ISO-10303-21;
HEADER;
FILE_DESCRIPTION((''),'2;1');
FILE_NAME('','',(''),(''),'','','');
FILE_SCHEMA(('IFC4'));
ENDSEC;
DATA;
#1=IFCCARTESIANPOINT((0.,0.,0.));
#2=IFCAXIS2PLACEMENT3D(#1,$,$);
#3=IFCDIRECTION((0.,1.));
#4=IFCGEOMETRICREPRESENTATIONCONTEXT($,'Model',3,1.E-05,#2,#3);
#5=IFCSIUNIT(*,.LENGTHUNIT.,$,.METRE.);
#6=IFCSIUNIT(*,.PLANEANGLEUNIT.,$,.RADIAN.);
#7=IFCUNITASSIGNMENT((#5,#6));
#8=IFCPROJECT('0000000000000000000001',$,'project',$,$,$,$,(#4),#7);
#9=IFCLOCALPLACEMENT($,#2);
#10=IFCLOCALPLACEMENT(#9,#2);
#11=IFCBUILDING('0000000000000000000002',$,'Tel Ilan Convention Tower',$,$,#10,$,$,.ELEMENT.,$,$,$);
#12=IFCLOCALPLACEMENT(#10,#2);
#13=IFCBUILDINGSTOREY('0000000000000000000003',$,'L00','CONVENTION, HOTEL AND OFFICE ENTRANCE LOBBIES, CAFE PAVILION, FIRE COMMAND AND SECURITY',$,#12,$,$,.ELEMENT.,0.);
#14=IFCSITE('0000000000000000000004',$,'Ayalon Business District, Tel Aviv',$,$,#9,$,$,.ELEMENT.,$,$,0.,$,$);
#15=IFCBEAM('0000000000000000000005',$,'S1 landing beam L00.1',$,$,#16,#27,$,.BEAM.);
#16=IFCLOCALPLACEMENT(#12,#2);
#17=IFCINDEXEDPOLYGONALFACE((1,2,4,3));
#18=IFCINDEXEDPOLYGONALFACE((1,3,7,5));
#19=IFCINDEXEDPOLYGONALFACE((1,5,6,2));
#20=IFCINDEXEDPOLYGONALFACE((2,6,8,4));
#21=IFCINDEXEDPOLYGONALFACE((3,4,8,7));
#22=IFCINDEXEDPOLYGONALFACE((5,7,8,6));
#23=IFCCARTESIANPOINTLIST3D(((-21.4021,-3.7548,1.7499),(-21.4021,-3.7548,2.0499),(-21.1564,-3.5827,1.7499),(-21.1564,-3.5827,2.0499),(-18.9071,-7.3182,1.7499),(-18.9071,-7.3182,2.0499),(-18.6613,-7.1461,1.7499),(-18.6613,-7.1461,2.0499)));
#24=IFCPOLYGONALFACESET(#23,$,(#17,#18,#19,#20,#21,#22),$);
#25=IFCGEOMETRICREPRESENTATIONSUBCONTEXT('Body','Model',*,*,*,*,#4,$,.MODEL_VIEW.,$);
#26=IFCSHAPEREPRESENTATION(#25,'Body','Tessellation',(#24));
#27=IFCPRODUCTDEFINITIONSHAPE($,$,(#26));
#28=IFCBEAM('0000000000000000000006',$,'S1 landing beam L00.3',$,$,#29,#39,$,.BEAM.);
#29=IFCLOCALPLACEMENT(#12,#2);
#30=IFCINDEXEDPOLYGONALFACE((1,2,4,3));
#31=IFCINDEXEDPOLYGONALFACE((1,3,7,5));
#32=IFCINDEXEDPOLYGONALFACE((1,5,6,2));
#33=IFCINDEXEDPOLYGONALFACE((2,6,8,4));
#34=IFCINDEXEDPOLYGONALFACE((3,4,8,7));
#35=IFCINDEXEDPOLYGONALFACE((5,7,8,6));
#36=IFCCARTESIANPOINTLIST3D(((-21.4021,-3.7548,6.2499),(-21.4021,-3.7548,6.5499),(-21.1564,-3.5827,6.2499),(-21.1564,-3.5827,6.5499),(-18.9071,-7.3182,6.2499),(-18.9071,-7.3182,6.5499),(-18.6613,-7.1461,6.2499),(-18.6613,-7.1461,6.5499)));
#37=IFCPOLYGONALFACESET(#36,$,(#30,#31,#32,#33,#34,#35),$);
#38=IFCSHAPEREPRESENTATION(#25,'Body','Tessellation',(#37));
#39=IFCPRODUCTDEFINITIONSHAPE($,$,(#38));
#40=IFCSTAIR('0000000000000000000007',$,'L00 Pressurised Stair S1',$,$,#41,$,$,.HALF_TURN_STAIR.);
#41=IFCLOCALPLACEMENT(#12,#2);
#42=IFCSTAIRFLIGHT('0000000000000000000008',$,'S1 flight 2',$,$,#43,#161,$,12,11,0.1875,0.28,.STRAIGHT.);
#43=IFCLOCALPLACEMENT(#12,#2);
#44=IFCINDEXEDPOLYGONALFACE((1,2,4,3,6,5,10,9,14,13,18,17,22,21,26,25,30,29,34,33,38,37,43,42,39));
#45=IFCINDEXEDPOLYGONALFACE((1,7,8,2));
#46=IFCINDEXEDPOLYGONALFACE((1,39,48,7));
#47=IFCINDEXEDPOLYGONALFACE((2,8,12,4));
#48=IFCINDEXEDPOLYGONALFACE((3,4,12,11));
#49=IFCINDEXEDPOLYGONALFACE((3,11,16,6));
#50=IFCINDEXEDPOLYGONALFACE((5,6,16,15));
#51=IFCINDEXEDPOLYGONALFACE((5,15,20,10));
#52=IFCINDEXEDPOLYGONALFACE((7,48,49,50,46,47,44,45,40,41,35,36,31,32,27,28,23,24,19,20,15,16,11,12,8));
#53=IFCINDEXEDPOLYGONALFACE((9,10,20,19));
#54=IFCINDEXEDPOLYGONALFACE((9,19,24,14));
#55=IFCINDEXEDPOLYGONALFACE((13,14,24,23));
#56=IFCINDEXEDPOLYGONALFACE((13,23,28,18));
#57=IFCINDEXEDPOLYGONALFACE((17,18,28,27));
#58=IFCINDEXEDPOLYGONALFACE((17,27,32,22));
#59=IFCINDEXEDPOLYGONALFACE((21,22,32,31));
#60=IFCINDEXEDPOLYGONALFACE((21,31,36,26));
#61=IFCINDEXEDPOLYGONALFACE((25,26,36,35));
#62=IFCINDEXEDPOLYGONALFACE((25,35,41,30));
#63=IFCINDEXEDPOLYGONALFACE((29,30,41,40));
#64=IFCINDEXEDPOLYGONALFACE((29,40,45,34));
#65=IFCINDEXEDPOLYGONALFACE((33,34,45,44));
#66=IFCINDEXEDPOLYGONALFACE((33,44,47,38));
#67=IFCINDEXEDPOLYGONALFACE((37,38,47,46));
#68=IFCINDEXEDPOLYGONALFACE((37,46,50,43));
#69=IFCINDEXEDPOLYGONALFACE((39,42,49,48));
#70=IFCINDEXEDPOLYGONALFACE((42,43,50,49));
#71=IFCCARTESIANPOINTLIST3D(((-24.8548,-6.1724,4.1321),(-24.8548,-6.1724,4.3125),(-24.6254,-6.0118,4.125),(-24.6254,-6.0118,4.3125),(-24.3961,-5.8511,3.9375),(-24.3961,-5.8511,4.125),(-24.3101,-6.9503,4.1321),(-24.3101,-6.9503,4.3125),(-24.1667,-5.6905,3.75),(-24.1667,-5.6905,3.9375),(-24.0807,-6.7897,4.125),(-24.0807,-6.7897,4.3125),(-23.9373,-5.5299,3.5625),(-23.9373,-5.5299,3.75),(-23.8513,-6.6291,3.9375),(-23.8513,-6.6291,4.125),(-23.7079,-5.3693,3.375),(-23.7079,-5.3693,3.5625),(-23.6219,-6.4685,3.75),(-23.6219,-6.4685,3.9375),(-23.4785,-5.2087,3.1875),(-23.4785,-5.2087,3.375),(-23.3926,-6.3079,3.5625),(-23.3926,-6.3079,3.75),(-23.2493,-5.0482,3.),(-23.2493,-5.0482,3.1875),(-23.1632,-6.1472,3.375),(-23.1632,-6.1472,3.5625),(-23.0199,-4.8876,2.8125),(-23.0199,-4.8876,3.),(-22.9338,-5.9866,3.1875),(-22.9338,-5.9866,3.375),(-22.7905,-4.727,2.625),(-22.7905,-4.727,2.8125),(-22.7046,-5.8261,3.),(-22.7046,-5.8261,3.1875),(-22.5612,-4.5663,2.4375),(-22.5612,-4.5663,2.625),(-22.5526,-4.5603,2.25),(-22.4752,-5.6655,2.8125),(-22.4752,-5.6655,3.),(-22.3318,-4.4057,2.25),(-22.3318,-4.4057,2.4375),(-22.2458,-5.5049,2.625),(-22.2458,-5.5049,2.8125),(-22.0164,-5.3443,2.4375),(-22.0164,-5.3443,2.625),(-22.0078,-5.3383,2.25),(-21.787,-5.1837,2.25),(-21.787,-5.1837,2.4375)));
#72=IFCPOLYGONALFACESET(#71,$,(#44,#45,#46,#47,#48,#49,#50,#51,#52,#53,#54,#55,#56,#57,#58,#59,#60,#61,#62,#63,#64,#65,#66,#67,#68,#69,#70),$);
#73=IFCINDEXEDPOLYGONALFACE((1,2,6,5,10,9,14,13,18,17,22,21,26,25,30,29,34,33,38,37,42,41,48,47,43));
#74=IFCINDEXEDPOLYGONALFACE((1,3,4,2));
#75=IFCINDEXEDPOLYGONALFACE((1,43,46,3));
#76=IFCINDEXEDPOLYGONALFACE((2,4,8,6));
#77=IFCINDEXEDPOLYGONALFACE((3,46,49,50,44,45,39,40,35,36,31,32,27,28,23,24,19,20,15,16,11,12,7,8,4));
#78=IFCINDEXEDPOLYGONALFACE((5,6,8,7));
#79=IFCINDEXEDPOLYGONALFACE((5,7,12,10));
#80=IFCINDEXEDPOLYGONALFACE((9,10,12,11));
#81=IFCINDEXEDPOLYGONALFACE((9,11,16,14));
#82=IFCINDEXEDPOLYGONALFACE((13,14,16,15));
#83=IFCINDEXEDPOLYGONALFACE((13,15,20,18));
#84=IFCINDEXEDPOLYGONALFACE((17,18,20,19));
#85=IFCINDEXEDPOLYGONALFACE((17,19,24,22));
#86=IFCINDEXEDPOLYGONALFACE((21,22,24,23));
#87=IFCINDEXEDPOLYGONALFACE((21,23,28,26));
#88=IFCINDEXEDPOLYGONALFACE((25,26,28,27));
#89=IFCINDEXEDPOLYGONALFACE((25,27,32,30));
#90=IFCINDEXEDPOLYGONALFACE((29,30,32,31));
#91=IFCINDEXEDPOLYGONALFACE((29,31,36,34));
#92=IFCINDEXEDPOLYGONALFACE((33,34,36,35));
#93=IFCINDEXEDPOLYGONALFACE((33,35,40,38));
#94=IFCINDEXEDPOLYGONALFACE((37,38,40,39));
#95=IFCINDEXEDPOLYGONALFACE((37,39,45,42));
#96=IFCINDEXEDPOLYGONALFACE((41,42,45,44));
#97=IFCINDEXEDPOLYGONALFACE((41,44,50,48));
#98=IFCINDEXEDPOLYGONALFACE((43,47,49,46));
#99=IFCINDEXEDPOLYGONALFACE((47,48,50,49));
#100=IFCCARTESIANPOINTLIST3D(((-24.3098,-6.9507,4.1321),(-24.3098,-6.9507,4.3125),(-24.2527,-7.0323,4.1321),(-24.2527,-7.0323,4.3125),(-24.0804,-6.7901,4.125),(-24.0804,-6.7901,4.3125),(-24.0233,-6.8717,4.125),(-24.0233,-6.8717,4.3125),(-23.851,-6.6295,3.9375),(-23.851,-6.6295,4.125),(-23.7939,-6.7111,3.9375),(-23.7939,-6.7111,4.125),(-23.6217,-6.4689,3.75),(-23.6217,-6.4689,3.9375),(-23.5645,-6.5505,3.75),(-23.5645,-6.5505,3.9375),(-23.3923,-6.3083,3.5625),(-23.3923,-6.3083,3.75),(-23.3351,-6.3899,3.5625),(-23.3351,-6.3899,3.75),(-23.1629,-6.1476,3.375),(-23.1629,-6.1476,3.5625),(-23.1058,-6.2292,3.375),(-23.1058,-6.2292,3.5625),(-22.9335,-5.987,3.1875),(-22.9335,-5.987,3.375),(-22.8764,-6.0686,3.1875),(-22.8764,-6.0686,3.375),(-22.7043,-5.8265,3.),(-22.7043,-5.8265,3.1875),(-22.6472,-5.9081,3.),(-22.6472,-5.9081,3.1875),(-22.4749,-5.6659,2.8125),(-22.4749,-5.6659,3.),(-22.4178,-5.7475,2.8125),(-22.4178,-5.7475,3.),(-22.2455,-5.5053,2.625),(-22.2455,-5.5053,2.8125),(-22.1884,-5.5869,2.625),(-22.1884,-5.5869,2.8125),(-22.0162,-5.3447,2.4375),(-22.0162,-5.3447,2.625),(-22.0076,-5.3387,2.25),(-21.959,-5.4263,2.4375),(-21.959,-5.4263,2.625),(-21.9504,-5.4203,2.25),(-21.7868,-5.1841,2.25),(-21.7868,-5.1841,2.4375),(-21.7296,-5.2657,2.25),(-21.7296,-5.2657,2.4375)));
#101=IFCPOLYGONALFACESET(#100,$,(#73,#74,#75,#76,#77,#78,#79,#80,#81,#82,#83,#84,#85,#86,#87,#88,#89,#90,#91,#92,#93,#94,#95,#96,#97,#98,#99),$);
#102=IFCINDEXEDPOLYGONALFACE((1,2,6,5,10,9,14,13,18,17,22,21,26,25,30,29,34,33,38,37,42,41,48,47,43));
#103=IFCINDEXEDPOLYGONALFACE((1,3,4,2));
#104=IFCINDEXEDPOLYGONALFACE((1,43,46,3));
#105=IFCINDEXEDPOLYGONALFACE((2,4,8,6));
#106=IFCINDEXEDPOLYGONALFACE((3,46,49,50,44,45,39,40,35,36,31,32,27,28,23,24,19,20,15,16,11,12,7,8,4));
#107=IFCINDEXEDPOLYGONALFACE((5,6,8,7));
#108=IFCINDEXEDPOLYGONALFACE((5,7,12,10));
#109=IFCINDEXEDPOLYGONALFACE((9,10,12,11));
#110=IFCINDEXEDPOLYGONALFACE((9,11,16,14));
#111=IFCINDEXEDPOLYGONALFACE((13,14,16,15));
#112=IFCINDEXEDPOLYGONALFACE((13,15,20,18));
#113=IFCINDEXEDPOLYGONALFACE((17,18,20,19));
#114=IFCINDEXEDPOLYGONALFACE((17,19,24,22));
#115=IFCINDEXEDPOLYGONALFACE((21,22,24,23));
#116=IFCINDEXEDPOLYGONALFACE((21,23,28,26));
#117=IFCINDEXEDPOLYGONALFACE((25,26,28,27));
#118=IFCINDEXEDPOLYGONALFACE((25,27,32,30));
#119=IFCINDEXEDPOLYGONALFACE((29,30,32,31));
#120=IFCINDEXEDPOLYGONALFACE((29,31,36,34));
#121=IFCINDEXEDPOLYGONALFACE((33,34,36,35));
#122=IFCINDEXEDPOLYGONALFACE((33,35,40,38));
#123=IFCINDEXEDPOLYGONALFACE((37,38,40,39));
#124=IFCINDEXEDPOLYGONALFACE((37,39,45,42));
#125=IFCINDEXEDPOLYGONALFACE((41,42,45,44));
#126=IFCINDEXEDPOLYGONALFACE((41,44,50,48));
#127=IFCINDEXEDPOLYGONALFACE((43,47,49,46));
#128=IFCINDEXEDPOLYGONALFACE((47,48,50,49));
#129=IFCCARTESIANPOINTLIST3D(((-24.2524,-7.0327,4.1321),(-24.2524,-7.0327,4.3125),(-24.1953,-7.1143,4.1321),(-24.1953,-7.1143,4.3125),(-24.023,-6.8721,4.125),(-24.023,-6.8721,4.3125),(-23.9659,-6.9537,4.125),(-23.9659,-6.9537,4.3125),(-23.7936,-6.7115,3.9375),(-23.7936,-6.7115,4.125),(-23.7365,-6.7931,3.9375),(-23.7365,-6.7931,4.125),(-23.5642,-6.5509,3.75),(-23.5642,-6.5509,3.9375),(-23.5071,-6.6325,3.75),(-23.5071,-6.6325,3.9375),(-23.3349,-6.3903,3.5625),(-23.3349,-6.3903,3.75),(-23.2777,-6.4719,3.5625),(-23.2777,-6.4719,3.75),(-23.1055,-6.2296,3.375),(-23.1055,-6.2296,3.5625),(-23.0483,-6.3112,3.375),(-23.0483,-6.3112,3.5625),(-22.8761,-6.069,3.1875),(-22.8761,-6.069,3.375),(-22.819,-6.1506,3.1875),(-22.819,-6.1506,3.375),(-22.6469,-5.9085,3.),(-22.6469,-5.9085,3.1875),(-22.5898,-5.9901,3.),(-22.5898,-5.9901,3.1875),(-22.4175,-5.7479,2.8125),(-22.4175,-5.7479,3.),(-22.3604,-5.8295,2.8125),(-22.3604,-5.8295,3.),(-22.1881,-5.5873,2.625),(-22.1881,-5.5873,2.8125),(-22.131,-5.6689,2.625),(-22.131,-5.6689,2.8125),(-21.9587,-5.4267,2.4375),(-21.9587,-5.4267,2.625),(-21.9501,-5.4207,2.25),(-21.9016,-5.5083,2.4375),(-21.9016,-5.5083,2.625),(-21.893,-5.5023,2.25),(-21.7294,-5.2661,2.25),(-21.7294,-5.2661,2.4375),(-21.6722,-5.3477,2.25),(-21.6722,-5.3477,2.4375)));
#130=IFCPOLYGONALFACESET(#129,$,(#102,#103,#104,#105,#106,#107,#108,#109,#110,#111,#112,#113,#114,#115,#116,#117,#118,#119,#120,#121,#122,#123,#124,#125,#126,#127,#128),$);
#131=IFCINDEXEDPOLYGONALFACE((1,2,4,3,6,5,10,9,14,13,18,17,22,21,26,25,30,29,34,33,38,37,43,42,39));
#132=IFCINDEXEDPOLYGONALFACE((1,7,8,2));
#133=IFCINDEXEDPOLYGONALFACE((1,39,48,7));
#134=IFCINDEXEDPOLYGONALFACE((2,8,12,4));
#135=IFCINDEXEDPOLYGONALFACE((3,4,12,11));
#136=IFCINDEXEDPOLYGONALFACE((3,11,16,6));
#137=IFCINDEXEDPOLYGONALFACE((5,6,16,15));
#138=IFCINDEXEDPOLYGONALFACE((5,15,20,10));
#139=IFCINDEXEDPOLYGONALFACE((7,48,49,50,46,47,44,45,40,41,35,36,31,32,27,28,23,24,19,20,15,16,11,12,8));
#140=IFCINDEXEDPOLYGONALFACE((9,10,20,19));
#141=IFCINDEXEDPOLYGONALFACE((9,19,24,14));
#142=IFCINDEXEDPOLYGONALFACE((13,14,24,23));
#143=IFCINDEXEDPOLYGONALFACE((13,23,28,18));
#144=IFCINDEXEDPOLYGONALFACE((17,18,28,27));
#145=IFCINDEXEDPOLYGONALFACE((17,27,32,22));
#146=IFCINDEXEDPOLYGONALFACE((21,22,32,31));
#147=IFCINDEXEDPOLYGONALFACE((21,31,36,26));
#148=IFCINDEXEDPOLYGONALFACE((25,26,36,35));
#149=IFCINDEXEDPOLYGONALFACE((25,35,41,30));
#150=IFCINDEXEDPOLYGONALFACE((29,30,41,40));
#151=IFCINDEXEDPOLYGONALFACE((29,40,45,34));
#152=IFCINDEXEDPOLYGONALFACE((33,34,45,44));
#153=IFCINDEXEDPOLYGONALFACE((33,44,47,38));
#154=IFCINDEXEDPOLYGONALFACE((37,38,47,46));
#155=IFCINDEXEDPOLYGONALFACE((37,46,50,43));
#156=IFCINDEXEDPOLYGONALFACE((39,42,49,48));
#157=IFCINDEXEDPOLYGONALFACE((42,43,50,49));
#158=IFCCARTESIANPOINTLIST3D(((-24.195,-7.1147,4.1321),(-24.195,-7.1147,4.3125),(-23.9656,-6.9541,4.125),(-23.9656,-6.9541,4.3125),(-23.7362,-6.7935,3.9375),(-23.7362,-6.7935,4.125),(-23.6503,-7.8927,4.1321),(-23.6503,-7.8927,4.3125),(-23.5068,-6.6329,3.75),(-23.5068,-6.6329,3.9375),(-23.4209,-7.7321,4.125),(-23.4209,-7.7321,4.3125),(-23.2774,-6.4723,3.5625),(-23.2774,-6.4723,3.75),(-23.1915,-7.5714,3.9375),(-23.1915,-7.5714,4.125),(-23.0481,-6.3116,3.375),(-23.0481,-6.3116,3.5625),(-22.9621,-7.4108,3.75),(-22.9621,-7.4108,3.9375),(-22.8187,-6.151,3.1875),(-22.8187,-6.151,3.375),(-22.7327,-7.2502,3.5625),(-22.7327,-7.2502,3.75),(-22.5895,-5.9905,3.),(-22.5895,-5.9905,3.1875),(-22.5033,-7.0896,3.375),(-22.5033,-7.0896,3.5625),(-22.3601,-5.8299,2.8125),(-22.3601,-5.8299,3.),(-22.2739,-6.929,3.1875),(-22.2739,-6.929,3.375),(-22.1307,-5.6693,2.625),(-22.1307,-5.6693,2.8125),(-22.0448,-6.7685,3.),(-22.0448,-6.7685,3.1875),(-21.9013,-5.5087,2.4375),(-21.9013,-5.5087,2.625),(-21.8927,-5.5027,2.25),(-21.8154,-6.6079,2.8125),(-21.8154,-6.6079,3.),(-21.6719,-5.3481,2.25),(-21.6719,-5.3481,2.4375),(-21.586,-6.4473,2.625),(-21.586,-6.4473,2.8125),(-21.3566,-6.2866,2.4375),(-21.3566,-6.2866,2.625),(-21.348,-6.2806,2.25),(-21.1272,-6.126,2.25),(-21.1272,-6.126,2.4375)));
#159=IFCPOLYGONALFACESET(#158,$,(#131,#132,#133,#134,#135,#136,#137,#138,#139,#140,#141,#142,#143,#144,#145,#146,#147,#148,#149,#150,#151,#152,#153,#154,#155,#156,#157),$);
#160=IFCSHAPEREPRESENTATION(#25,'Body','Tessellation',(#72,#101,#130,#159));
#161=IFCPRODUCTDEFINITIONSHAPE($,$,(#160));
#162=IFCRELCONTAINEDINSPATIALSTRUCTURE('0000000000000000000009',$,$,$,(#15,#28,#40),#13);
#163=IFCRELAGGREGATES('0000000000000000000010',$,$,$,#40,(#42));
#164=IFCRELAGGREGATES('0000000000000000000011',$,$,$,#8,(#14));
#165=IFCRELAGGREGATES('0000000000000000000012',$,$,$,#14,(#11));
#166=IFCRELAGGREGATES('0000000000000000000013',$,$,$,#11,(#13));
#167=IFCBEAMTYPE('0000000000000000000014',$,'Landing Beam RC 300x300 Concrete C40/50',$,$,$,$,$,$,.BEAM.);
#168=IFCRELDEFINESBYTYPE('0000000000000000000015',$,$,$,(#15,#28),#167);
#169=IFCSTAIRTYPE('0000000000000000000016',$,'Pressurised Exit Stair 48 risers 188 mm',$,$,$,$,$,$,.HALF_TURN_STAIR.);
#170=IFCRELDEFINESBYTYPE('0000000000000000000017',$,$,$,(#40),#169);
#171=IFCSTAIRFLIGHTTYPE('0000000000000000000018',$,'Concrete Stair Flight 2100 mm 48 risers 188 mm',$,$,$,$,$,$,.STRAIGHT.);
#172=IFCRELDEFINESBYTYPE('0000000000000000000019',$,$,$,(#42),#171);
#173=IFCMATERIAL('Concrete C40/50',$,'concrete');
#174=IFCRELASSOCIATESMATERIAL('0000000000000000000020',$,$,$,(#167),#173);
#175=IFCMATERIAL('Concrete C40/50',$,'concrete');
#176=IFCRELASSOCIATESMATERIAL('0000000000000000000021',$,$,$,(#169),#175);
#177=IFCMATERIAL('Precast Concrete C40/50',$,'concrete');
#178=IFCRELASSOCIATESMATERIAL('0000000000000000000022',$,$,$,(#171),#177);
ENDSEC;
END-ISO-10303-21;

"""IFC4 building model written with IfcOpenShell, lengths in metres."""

from ifc_helpers import new_model, si_unit, direction, frame, origin, origin_2d, place, context, subcontext, project, spatial, polyline, rectangle, outline, extrude, material, material_profile, profile_set, type_object, element, aggregate, save


model = new_model("IFC4")

# Units and contexts
model_context = context("Model", 3, precision=1e-05, world=origin(), true_north=direction((0.0, 1.0)))
body_context = subcontext(model_context, "Body", "Model", "MODEL_VIEW")
ifc_project = project(units=[si_unit("LENGTHUNIT", "METRE"), si_unit("PLANEANGLEUNIT", "RADIAN")], contexts=[model_context])

# Site, building, storey
site_placement = place(None, origin())
site = spatial("IfcSite", under=ifc_project, at=site_placement, Name="Ayalon Business District, Tel Aviv", CompositionType="ELEMENT", RefElevation=0.0)
building_placement = place(site_placement, origin())
building = spatial("IfcBuilding", under=site, at=building_placement, Name="Tel Ilan Convention Tower", CompositionType="ELEMENT")
storey_placement = place(building_placement, origin())
storey = spatial("IfcBuildingStorey", under=building, at=storey_placement, Name="L00", Description="CONVENTION, HOTEL AND OFFICE ENTRANCE LOBBIES, CAFE PAVILION, FIRE COMMAND AND SECURITY", CompositionType="ELEMENT", Elevation=0.0)

# Beams
ifc_material_1 = material(Name="Concrete C40/50", Category="concrete")
ifc_material_profile = material_profile(ifc_material_1, rectangle(XDim=0.3, YDim=0.3, at=origin_2d()), Name="RC 300x300")
ifc_profile_set = profile_set([ifc_material_profile], Name="Concrete C40/50")
beam_type = type_object("IfcBeamType", Name="Landing Beam RC 300x300 Concrete C40/50", PredefinedType="BEAM", material=ifc_profile_set)
for number, where, z_axis, x_axis, name in (
    (1, (-18.7842, -7.2322, 1.8999), (-0.573568, 0.819158, 0.0), (-0.819158, -0.573568, 0.0), "S1 landing beam L00.1"),
    (2, (-18.7842, -7.2322, 6.3999), (-0.573568, 0.819158, 0.0), (-0.819158, -0.573568, 0.0), "S1 landing beam L00.3"),
):
    element("IfcBeam", number, at=place(storey_placement, frame(where, z_axis=z_axis, x_axis=x_axis)), inside=storey, type_object=beam_type, Name=name, PredefinedType="BEAM", context=body_context, shape_type="SweptSolid", body=[
        extrude(rectangle(XDim=0.3, YDim=0.3, at=origin_2d()), origin(), (0.0, 0.0, 1.0), 4.3501),
    ])

# Stair, stair flight
ifc_material_2 = material(Name="Concrete C40/50", Category="concrete")
stair_type = type_object("IfcStairType", Name="Pressurised Exit Stair 48 risers 188 mm", PredefinedType="HALF_TURN_STAIR", material=ifc_material_2)
stair_1_placement = place(storey_placement, origin())
stair_1 = element("IfcStair", 3, at=stair_1_placement, inside=storey, type_object=stair_type, Name="L00 Pressurised Stair S1", PredefinedType="HALF_TURN_STAIR")
ifc_material_3 = material(Name="Precast Concrete C40/50", Category="concrete")
stair_flight_type = type_object("IfcStairFlightType", Name="Concrete Stair Flight 2100 mm 48 risers 188 mm", PredefinedType="STRAIGHT", material=ifc_material_3)
stair_flight_1_placement = place(storey_placement, frame((-21.7295, -5.2659, 2.25), z_axis=(0.0, 0.0, 1.0), x_axis=(-0.819152, -0.573576, 0.0)))
stair_flight_1 = element("IfcStairFlight", 4, at=stair_flight_1_placement, type_object=stair_flight_type, Name="S1 flight 2", NumberOfRisers=12, NumberOfTreads=11, PredefinedType="STRAIGHT", RiserHeight=0.1875, TreadLength=0.28, context=body_context, shape_type="SweptSolid", body=[
    extrude(outline(polyline([(0.0, 0.0), (0.0, 0.1875), (0.28, 0.1875), (0.28, 0.375), (0.5601, 0.375), (0.5601, 0.5625), (0.8401, 0.5625), (0.8401, 0.75), (1.1201, 0.75), (1.1201, 0.9375), (1.3999, 0.9375), (1.3999, 1.125), (1.6799, 1.125), (1.6799, 1.3125), (1.96, 1.3125), (1.96, 1.5), (2.24, 1.5), (2.24, 1.6875), (2.52, 1.6875), (2.52, 1.875), (2.8, 1.875), (2.8, 2.0625), (3.0801, 2.0625), (3.0801, 2.25), (3.0801, 1.8821), (0.2695, 0.0), (0.0, 0.0)])), frame((0.0, -0.1003, 0.0), z_axis=(0.0, -1.0, 0.0), x_axis=(1.0, 0.0, 0.0)), (0.0, 0.0, 1.0), 0.9497),
    extrude(outline(polyline([(0.0, 0.0), (0.0, 0.1875), (0.28, 0.1875), (0.28, 0.375), (0.5601, 0.375), (0.5601, 0.5625), (0.8401, 0.5625), (0.8401, 0.75), (1.1201, 0.75), (1.1201, 0.9375), (1.3999, 0.9375), (1.3999, 1.125), (1.6799, 1.125), (1.6799, 1.3125), (1.96, 1.3125), (1.96, 1.5), (2.24, 1.5), (2.24, 1.6875), (2.52, 1.6875), (2.52, 1.875), (2.8, 1.875), (2.8, 2.0625), (3.0801, 2.0625), (3.0801, 2.25), (3.0801, 1.8821), (0.2695, 0.0), (0.0, 0.0)])), frame((0.0, -0.0002, 0.0), z_axis=(0.0, -1.0, 0.0), x_axis=(1.0, 0.0, 0.0)), (0.0, 0.0, 1.0), 0.0996),
    extrude(outline(polyline([(0.0, 0.0), (0.0, 0.1875), (0.28, 0.1875), (0.28, 0.375), (0.5601, 0.375), (0.5601, 0.5625), (0.8401, 0.5625), (0.8401, 0.75), (1.1201, 0.75), (1.1201, 0.9375), (1.3999, 0.9375), (1.3999, 1.125), (1.6799, 1.125), (1.6799, 1.3125), (1.96, 1.3125), (1.96, 1.5), (2.24, 1.5), (2.24, 1.6875), (2.52, 1.6875), (2.52, 1.875), (2.8, 1.875), (2.8, 2.0625), (3.0801, 2.0625), (3.0801, 2.25), (3.0801, 1.8821), (0.2695, 0.0), (0.0, 0.0)])), frame((0.0, 0.0999, 0.0), z_axis=(0.0, -1.0, 0.0), x_axis=(1.0, 0.0, 0.0)), (0.0, 0.0, 1.0), 0.0996),
    extrude(outline(polyline([(0.0, 0.0), (0.0, 0.1875), (0.28, 0.1875), (0.28, 0.375), (0.5601, 0.375), (0.5601, 0.5625), (0.8401, 0.5625), (0.8401, 0.75), (1.1201, 0.75), (1.1201, 0.9375), (1.3999, 0.9375), (1.3999, 1.125), (1.6799, 1.125), (1.6799, 1.3125), (1.96, 1.3125), (1.96, 1.5), (2.24, 1.5), (2.24, 1.6875), (2.52, 1.6875), (2.52, 1.875), (2.8, 1.875), (2.8, 2.0625), (3.0801, 2.0625), (3.0801, 2.25), (3.0801, 1.8821), (0.2695, 0.0), (0.0, 0.0)])), frame((0.0, 1.05, 0.0), z_axis=(0.0, -1.0, 0.0), x_axis=(1.0, 0.0, 0.0)), (0.0, 0.0, 1.0), 0.9497),
])
aggregate(stair_1, [stair_flight_1])

save(model, "model.ifc")
